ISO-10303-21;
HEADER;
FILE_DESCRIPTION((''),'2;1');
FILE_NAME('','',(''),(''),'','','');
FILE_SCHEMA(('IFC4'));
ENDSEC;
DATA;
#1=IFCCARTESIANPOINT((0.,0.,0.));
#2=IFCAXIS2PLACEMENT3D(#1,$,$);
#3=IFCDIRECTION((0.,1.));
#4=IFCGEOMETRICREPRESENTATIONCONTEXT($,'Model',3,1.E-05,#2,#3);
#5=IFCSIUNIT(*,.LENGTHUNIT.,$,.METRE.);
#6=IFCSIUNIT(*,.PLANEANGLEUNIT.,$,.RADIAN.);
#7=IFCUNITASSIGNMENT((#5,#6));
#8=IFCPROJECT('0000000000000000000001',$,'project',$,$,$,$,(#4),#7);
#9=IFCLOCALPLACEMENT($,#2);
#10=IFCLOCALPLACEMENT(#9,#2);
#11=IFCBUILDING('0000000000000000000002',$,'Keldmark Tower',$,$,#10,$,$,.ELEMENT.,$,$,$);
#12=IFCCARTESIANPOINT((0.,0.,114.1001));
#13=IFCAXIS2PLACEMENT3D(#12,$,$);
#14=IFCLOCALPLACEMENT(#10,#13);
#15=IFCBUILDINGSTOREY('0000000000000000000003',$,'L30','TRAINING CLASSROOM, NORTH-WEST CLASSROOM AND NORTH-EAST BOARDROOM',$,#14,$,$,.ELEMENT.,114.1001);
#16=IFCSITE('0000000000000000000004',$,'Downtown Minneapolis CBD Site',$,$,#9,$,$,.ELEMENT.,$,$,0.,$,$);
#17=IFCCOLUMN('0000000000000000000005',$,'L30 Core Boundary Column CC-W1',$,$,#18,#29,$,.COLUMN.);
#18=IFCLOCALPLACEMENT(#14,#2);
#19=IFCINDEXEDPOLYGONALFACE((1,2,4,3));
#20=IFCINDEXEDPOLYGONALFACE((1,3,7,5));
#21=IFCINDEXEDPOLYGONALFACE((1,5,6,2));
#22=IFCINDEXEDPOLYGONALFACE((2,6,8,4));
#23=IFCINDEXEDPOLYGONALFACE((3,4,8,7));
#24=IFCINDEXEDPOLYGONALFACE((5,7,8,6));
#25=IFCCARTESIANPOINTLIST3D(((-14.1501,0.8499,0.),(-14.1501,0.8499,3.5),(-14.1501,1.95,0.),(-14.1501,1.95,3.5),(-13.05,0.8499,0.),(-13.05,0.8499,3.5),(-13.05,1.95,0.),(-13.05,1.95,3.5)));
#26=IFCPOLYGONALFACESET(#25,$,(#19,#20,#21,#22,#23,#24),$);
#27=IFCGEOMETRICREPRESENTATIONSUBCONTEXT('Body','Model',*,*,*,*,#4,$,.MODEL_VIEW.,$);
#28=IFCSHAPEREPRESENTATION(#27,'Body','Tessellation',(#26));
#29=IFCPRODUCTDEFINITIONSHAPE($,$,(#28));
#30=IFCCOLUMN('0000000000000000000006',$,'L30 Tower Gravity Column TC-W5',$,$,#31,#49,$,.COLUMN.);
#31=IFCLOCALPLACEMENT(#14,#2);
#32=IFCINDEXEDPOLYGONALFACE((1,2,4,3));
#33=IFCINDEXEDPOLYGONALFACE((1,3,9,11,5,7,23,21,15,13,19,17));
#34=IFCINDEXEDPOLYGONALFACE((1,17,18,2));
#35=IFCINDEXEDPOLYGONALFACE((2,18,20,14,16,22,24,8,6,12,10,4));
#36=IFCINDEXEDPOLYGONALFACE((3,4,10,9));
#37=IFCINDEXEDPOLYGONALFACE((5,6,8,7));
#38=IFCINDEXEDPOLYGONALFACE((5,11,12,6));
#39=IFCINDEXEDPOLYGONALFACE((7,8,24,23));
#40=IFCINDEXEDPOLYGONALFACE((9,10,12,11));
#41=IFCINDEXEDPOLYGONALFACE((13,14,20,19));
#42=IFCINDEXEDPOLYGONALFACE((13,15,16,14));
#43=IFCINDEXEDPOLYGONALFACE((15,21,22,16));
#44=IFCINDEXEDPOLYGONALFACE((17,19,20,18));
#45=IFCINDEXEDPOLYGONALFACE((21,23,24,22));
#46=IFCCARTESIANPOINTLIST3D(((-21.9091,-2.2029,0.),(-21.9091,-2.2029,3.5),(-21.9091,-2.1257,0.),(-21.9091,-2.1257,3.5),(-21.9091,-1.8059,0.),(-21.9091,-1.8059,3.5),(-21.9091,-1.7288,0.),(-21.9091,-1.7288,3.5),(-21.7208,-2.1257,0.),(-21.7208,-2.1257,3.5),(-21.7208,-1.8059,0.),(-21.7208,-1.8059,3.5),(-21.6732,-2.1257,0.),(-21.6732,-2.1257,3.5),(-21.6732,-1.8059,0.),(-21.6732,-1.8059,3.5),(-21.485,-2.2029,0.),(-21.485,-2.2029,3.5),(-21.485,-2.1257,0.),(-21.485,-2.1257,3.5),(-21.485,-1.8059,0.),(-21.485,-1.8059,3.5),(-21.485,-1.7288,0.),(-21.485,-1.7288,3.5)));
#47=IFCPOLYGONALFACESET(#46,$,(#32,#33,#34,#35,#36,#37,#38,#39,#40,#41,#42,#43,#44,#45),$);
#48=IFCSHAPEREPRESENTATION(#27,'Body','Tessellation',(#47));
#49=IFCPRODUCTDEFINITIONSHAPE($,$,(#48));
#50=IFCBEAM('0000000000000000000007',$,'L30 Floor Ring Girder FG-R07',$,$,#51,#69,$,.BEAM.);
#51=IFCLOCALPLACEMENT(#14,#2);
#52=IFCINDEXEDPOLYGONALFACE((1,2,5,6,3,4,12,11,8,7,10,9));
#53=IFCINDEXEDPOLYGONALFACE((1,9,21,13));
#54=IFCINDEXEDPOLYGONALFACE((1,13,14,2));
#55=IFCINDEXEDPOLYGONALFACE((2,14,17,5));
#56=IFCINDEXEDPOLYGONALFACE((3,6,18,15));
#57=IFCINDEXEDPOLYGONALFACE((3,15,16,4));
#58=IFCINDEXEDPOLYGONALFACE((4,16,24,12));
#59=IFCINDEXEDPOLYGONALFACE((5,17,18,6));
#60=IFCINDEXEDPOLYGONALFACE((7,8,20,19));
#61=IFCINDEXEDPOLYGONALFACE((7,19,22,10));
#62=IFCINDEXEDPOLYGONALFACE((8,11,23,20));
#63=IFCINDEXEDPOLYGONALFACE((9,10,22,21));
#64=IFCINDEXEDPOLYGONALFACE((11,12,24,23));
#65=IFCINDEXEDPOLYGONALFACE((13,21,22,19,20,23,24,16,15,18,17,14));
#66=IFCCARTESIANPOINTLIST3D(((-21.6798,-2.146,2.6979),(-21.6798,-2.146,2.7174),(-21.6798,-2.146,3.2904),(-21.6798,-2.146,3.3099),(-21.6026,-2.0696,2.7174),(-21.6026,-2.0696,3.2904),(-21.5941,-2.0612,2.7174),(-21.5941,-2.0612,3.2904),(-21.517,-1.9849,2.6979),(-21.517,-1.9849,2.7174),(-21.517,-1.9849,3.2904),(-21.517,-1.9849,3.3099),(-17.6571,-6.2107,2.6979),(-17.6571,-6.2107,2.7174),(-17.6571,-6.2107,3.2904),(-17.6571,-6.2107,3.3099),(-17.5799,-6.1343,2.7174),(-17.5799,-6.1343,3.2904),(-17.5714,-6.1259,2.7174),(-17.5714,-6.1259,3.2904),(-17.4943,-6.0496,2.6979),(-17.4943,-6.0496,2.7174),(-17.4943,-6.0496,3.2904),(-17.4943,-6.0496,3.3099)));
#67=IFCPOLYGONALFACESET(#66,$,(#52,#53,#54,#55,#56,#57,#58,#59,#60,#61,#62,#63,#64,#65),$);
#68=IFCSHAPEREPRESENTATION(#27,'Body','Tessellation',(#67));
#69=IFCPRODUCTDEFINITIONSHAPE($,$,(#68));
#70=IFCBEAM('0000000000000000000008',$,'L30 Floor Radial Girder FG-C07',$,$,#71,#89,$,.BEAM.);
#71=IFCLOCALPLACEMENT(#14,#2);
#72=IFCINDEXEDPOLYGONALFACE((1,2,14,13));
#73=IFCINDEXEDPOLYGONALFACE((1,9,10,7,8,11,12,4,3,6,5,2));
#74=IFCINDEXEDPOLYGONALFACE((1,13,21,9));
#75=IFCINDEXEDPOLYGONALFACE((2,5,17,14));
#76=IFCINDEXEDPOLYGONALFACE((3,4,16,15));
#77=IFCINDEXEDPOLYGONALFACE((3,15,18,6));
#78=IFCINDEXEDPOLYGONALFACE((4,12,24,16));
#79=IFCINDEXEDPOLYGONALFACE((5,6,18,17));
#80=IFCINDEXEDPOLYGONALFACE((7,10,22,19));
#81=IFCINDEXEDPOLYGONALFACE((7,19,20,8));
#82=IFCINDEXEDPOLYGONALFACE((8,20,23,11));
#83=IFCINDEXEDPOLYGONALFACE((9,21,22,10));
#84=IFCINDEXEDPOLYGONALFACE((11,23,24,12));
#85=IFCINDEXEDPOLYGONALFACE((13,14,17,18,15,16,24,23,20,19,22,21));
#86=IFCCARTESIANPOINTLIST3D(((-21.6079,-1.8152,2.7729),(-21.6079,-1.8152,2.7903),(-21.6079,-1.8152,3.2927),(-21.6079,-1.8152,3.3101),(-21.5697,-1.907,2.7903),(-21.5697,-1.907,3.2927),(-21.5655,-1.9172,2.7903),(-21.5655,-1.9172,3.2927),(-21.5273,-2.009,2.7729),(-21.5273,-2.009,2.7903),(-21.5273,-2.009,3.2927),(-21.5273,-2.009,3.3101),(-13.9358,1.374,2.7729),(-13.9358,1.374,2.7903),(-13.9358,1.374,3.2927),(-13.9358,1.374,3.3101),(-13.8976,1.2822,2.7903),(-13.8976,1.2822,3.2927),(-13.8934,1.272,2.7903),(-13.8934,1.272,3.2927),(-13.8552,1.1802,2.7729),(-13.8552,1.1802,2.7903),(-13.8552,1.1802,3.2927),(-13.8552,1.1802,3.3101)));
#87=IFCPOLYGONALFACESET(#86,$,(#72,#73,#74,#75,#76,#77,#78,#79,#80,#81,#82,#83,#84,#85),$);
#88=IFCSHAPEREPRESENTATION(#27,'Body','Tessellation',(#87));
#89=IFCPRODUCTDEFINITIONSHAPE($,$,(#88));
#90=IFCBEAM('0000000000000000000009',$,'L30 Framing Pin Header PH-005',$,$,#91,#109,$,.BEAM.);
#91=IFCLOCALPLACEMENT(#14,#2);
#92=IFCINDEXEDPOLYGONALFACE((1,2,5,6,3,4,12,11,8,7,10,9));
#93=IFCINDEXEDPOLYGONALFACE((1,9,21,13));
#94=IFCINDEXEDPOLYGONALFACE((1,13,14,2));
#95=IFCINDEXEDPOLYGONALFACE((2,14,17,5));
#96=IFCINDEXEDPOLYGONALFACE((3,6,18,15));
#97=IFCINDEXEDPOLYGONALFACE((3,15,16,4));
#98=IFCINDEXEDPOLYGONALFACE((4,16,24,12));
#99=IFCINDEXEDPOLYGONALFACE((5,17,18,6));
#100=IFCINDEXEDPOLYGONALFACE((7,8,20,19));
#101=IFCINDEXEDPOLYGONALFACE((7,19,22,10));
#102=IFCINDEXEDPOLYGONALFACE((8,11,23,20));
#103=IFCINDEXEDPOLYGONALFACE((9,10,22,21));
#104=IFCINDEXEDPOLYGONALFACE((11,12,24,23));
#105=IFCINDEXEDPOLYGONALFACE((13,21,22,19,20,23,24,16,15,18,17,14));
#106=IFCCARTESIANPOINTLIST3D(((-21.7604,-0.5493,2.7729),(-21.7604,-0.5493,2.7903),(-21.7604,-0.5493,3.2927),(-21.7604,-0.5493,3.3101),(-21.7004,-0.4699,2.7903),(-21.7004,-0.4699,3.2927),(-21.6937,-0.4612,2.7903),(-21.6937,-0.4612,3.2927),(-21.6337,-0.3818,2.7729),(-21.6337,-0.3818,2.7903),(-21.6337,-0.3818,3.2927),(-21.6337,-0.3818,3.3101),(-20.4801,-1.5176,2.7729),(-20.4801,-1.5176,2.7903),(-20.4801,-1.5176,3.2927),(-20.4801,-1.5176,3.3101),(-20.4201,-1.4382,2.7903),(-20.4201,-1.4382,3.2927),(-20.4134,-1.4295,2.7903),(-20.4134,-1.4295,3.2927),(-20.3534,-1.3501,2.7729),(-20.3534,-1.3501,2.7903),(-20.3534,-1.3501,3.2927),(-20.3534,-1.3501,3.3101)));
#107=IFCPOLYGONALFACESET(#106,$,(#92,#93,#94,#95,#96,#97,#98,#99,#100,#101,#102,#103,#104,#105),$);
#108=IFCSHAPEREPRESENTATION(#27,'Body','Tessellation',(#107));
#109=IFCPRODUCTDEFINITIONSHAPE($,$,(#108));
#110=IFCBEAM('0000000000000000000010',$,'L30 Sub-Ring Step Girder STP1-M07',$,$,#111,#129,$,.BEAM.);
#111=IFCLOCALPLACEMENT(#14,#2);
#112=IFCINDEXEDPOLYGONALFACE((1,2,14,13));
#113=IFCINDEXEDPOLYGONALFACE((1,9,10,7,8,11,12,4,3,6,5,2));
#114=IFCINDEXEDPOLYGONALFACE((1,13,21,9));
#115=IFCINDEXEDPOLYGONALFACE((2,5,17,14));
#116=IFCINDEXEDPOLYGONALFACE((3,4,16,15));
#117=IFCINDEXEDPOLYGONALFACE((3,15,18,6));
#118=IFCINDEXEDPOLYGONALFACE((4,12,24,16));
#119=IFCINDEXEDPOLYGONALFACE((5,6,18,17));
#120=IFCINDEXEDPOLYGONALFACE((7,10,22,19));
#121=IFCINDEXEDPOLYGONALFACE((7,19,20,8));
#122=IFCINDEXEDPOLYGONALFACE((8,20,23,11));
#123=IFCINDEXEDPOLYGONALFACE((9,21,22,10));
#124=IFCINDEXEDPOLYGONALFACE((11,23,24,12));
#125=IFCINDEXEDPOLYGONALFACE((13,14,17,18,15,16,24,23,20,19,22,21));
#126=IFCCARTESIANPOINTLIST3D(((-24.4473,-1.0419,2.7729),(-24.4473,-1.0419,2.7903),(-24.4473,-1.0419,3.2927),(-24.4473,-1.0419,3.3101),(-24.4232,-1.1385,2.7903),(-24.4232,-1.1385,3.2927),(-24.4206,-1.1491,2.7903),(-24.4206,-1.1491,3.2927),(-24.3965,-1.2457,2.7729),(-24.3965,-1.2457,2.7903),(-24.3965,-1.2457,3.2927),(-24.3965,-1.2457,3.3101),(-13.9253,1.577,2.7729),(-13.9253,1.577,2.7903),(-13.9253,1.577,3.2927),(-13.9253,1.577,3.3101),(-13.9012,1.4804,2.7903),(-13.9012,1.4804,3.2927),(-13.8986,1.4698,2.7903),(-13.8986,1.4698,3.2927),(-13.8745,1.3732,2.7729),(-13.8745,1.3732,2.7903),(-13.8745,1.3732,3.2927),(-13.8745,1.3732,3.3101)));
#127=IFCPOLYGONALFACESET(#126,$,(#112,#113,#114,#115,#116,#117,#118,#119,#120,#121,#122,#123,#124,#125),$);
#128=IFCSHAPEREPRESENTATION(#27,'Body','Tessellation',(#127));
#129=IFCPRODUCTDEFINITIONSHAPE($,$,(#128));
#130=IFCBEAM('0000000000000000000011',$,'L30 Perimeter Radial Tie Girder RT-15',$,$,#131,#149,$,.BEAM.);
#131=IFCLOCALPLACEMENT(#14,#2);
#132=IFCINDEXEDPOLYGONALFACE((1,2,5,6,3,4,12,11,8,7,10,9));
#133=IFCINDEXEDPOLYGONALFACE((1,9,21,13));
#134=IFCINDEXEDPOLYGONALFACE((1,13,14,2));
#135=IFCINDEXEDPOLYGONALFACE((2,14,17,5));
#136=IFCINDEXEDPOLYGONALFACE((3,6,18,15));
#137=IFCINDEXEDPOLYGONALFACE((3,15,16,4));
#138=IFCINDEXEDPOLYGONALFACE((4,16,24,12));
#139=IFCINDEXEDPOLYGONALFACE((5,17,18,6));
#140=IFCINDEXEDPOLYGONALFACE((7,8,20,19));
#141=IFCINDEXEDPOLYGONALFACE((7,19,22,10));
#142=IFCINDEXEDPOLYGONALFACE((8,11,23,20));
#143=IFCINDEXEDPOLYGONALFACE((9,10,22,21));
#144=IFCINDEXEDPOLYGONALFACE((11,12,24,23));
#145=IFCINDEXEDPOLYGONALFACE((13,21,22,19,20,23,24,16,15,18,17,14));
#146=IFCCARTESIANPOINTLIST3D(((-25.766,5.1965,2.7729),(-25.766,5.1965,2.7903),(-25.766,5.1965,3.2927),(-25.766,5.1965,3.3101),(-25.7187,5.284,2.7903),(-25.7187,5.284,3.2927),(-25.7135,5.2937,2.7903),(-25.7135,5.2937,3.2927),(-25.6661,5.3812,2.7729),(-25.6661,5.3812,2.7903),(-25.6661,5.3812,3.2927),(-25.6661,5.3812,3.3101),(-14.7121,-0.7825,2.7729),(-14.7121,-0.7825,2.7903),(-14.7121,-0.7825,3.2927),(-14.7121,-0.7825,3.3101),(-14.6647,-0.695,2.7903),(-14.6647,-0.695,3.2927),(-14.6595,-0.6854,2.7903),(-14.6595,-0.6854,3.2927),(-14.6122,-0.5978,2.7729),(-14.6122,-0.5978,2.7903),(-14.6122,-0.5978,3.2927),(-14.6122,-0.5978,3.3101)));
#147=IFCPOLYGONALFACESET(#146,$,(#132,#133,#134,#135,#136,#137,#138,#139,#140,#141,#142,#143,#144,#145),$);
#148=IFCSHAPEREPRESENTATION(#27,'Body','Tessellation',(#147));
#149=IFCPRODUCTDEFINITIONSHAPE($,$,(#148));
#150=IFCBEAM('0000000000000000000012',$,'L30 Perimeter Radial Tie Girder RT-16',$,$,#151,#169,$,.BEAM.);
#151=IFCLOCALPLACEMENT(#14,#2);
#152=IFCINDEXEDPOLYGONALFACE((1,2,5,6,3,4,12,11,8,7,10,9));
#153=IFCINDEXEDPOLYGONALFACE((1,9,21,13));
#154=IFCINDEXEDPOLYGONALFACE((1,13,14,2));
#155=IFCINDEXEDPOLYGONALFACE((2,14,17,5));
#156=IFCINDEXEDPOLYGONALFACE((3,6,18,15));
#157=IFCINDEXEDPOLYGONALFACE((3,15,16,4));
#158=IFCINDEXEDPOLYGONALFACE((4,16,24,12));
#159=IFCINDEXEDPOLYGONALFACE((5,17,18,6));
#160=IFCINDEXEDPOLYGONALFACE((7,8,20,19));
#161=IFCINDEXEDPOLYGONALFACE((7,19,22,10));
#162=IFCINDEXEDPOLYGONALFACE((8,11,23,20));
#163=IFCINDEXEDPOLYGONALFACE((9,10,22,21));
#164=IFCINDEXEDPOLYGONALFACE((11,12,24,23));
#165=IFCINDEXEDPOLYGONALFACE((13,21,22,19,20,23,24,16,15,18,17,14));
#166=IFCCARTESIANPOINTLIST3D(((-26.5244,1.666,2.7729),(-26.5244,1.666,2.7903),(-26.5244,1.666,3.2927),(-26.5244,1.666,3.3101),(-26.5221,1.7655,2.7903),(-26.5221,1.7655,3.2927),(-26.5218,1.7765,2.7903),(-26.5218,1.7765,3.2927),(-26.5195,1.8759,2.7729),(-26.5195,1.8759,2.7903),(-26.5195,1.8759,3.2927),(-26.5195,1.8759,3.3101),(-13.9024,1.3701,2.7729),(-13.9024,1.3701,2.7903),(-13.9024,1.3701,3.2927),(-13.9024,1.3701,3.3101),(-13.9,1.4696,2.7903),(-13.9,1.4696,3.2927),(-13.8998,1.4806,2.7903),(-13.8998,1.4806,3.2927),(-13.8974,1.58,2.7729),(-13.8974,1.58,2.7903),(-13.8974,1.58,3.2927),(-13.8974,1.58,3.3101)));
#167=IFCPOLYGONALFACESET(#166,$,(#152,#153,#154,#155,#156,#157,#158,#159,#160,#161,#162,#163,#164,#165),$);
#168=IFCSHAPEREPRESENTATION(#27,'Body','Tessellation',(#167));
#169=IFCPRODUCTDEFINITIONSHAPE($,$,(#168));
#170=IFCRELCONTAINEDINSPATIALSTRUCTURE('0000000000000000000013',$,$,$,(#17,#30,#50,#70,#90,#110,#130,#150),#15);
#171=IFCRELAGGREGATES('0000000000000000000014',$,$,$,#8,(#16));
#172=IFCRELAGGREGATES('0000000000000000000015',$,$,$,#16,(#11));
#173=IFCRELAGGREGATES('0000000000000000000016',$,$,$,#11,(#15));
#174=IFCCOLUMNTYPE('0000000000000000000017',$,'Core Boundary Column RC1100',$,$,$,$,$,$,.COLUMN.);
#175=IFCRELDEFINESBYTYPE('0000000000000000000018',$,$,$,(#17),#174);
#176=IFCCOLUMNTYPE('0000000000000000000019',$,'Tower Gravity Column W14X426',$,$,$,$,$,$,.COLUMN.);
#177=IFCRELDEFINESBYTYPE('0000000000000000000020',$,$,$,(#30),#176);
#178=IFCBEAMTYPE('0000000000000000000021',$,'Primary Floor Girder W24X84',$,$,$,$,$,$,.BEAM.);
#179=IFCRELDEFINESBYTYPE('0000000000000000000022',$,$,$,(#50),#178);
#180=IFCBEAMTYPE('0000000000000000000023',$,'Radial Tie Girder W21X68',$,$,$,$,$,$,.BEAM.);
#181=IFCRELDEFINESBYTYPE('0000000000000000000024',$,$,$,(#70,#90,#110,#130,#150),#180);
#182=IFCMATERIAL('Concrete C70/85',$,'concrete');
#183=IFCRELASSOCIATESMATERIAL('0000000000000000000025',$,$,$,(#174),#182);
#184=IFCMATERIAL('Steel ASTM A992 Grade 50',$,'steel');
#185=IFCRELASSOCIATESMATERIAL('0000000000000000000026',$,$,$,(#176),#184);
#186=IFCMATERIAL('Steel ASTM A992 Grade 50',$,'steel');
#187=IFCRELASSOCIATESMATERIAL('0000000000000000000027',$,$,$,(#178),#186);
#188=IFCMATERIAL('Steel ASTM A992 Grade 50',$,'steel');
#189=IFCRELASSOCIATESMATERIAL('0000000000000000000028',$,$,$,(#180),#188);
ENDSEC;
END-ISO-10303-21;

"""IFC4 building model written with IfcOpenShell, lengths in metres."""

from ifc_helpers import new_model, si_unit, direction, frame, origin, origin_2d, place, context, subcontext, project, spatial, rectangle, i_section, extrude, material, material_profile, profile_set, type_object, element, save


model = new_model("IFC4")

# Units and contexts
model_context = context("Model", 3, precision=1e-05, world=origin(), true_north=direction((0.0, 1.0)))
body_context = subcontext(model_context, "Body", "Model", "MODEL_VIEW")
ifc_project = project(units=[si_unit("LENGTHUNIT", "METRE"), si_unit("PLANEANGLEUNIT", "RADIAN")], contexts=[model_context])

# Site, building, storey
site_placement = place(None, origin())
site = spatial("IfcSite", under=ifc_project, at=site_placement, Name="Downtown Minneapolis CBD Site", CompositionType="ELEMENT", RefElevation=0.0)
building_placement = place(site_placement, origin())
building = spatial("IfcBuilding", under=site, at=building_placement, Name="Keldmark Tower", CompositionType="ELEMENT")
storey_placement = place(building_placement, frame((0.0, 0.0, 114.1001)))
storey = spatial("IfcBuildingStorey", under=building, at=storey_placement, Name="L30", Description="TRAINING CLASSROOM, NORTH-WEST CLASSROOM AND NORTH-EAST BOARDROOM", CompositionType="ELEMENT", Elevation=114.1001)

# Columns
ifc_material_1 = material(Name="Concrete C70/85", Category="concrete")
ifc_material_profile_1 = material_profile(ifc_material_1, rectangle(XDim=1.1001, YDim=1.1001, at=origin_2d()), Name="RC1100X1100")
ifc_profile_set_1 = profile_set([ifc_material_profile_1], Name="Concrete C70/85")
column_type_1 = type_object("IfcColumnType", Name="Core Boundary Column RC1100", PredefinedType="COLUMN", material=ifc_profile_set_1)
column_1_placement = place(storey_placement, frame((-13.6001, 1.3999, 0.0), z_axis=(0.0, 0.0, 1.0), x_axis=(1.0, 0.0, 0.0)))
element("IfcColumn", 1, at=column_1_placement, inside=storey, type_object=column_type_1, Name="L30 Core Boundary Column CC-W1", PredefinedType="COLUMN", context=body_context, shape_type="SweptSolid", body=[
    extrude(rectangle(XDim=1.1001, YDim=1.1001, at=origin_2d()), origin(), (0.0, 0.0, 1.0), 3.5),
])
ifc_material_2 = material(Name="Steel ASTM A992 Grade 50", Category="steel")
ifc_material_profile_2 = material_profile(ifc_material_2, i_section(OverallWidth=0.4241, OverallDepth=0.4741, WebThickness=0.0476, FlangeThickness=0.0771, at=origin_2d()), Name="W14X426")
ifc_profile_set_2 = profile_set([ifc_material_profile_2], Name="Steel ASTM A992 Grade 50")
column_type_2 = type_object("IfcColumnType", Name="Tower Gravity Column W14X426", PredefinedType="COLUMN", material=ifc_profile_set_2)
column_2_placement = place(storey_placement, frame((-21.697, -1.9658, 0.0), z_axis=(0.0, 0.0, 1.0), x_axis=(1.0, 0.0, 0.0)))
element("IfcColumn", 2, at=column_2_placement, inside=storey, type_object=column_type_2, Name="L30 Tower Gravity Column TC-W5", PredefinedType="COLUMN", context=body_context, shape_type="SweptSolid", body=[
    extrude(i_section(OverallWidth=0.4241, OverallDepth=0.4741, WebThickness=0.0476, FlangeThickness=0.0771, at=origin_2d()), origin(), (0.0, 0.0, 1.0), 3.5),
])

# Beams
ifc_material_3 = material(Name="Steel ASTM A992 Grade 50", Category="steel")
ifc_material_profile_3 = material_profile(ifc_material_3, i_section(OverallWidth=0.229, OverallDepth=0.6121, WebThickness=0.012, FlangeThickness=0.0195, at=origin_2d()), Name="W24X84")
ifc_profile_set_3 = profile_set([ifc_material_profile_3], Name="Steel ASTM A992 Grade 50")
beam_type_1 = type_object("IfcBeamType", Name="Primary Floor Girder W24X84", PredefinedType="BEAM", material=ifc_profile_set_3)
beam_1_placement = place(storey_placement, frame((-21.5984, -2.0654, 3.0039), z_axis=(0.703426, -0.710769, 0.0), x_axis=(0.710769, 0.703426, 0.0)))
element("IfcBeam", 3, at=beam_1_placement, inside=storey, type_object=beam_type_1, Name="L30 Floor Ring Girder FG-R07", PredefinedType="BEAM", context=body_context, shape_type="SweptSolid", body=[
    extrude(i_section(OverallWidth=0.229, OverallDepth=0.6121, WebThickness=0.012, FlangeThickness=0.0195, at=origin_2d()), origin(), (0.0, 0.0, 1.0), 5.7188),
])
ifc_material_4 = material(Name="Steel ASTM A992 Grade 50", Category="steel")
ifc_material_profile_4 = material_profile(ifc_material_4, i_section(OverallWidth=0.21, OverallDepth=0.5371, WebThickness=0.011, FlangeThickness=0.0173, at=origin_2d()), Name="W21X68")
ifc_profile_set_4 = profile_set([ifc_material_profile_4], Name="Steel ASTM A992 Grade 50")
beam_type_2 = type_object("IfcBeamType", Name="Radial Tie Girder W21X68", PredefinedType="BEAM", material=ifc_profile_set_4)
beam_2_placement = place(storey_placement, frame((-21.5676, -1.9121, 3.0415), z_axis=(0.923397, 0.383845, 0.0), x_axis=(-0.383845, 0.923397, 0.0)))
element("IfcBeam", 4, at=beam_2_placement, inside=storey, type_object=beam_type_2, Name="L30 Floor Radial Girder FG-C07", PredefinedType="BEAM", context=body_context, shape_type="SweptSolid", body=[
    extrude(i_section(OverallWidth=0.21, OverallDepth=0.5371, WebThickness=0.011, FlangeThickness=0.0173, at=origin_2d()), origin(), (0.0, 0.0, 1.0), 8.3086),
])
beam_3_placement = place(storey_placement, frame((-20.4167, -1.4338, 3.0415), z_axis=(-0.797584, 0.603207, 0.0), x_axis=(-0.603207, -0.797584, 0.0)))
element("IfcBeam", 5, at=beam_3_placement, inside=storey, type_object=beam_type_2, Name="L30 Framing Pin Header PH-005", PredefinedType="BEAM", context=body_context, shape_type="SweptSolid", body=[
    extrude(i_section(OverallWidth=0.21, OverallDepth=0.5371, WebThickness=0.011, FlangeThickness=0.0173, at=origin_2d()), origin(), (0.0, 0.0, 1.0), 1.6052),
])
beam_4_placement = place(storey_placement, frame((-13.8999, 1.4751, 3.0415), z_axis=(-0.970394, -0.241529, 0.0), x_axis=(0.241529, -0.970394, 0.0)))
element("IfcBeam", 6, at=beam_4_placement, inside=storey, type_object=beam_type_2, Name="L30 Sub-Ring Step Girder STP1-M07", PredefinedType="BEAM", context=body_context, shape_type="SweptSolid", body=[
    extrude(i_section(OverallWidth=0.21, OverallDepth=0.5371, WebThickness=0.011, FlangeThickness=0.0173, at=origin_2d()), origin(), (0.0, 0.0, 1.0), 10.843),
])
beam_5_placement = place(storey_placement, frame((-14.6621, -0.6902, 3.0415), z_axis=(-0.879577, 0.475757, 0.0), x_axis=(-0.475757, -0.879577, 0.0)))
element("IfcBeam", 7, at=beam_5_placement, inside=storey, type_object=beam_type_2, Name="L30 Perimeter Radial Tie Girder RT-15", PredefinedType="BEAM", context=body_context, shape_type="SweptSolid", body=[
    extrude(i_section(OverallWidth=0.21, OverallDepth=0.5371, WebThickness=0.011, FlangeThickness=0.0173, at=origin_2d()), origin(), (0.0, 0.0, 1.0), 12.5674),
])
beam_6_placement = place(storey_placement, frame((-13.8999, 1.4751, 3.0415), z_axis=(-0.999725, 0.023437, 0.0), x_axis=(-0.023437, -0.999725, 0.0)))
element("IfcBeam", 8, at=beam_6_placement, inside=storey, type_object=beam_type_2, Name="L30 Perimeter Radial Tie Girder RT-16", PredefinedType="BEAM", context=body_context, shape_type="SweptSolid", body=[
    extrude(i_section(OverallWidth=0.21, OverallDepth=0.5371, WebThickness=0.011, FlangeThickness=0.0173, at=origin_2d()), origin(), (0.0, 0.0, 1.0), 12.6255),
])

save(model, "model.ifc")
